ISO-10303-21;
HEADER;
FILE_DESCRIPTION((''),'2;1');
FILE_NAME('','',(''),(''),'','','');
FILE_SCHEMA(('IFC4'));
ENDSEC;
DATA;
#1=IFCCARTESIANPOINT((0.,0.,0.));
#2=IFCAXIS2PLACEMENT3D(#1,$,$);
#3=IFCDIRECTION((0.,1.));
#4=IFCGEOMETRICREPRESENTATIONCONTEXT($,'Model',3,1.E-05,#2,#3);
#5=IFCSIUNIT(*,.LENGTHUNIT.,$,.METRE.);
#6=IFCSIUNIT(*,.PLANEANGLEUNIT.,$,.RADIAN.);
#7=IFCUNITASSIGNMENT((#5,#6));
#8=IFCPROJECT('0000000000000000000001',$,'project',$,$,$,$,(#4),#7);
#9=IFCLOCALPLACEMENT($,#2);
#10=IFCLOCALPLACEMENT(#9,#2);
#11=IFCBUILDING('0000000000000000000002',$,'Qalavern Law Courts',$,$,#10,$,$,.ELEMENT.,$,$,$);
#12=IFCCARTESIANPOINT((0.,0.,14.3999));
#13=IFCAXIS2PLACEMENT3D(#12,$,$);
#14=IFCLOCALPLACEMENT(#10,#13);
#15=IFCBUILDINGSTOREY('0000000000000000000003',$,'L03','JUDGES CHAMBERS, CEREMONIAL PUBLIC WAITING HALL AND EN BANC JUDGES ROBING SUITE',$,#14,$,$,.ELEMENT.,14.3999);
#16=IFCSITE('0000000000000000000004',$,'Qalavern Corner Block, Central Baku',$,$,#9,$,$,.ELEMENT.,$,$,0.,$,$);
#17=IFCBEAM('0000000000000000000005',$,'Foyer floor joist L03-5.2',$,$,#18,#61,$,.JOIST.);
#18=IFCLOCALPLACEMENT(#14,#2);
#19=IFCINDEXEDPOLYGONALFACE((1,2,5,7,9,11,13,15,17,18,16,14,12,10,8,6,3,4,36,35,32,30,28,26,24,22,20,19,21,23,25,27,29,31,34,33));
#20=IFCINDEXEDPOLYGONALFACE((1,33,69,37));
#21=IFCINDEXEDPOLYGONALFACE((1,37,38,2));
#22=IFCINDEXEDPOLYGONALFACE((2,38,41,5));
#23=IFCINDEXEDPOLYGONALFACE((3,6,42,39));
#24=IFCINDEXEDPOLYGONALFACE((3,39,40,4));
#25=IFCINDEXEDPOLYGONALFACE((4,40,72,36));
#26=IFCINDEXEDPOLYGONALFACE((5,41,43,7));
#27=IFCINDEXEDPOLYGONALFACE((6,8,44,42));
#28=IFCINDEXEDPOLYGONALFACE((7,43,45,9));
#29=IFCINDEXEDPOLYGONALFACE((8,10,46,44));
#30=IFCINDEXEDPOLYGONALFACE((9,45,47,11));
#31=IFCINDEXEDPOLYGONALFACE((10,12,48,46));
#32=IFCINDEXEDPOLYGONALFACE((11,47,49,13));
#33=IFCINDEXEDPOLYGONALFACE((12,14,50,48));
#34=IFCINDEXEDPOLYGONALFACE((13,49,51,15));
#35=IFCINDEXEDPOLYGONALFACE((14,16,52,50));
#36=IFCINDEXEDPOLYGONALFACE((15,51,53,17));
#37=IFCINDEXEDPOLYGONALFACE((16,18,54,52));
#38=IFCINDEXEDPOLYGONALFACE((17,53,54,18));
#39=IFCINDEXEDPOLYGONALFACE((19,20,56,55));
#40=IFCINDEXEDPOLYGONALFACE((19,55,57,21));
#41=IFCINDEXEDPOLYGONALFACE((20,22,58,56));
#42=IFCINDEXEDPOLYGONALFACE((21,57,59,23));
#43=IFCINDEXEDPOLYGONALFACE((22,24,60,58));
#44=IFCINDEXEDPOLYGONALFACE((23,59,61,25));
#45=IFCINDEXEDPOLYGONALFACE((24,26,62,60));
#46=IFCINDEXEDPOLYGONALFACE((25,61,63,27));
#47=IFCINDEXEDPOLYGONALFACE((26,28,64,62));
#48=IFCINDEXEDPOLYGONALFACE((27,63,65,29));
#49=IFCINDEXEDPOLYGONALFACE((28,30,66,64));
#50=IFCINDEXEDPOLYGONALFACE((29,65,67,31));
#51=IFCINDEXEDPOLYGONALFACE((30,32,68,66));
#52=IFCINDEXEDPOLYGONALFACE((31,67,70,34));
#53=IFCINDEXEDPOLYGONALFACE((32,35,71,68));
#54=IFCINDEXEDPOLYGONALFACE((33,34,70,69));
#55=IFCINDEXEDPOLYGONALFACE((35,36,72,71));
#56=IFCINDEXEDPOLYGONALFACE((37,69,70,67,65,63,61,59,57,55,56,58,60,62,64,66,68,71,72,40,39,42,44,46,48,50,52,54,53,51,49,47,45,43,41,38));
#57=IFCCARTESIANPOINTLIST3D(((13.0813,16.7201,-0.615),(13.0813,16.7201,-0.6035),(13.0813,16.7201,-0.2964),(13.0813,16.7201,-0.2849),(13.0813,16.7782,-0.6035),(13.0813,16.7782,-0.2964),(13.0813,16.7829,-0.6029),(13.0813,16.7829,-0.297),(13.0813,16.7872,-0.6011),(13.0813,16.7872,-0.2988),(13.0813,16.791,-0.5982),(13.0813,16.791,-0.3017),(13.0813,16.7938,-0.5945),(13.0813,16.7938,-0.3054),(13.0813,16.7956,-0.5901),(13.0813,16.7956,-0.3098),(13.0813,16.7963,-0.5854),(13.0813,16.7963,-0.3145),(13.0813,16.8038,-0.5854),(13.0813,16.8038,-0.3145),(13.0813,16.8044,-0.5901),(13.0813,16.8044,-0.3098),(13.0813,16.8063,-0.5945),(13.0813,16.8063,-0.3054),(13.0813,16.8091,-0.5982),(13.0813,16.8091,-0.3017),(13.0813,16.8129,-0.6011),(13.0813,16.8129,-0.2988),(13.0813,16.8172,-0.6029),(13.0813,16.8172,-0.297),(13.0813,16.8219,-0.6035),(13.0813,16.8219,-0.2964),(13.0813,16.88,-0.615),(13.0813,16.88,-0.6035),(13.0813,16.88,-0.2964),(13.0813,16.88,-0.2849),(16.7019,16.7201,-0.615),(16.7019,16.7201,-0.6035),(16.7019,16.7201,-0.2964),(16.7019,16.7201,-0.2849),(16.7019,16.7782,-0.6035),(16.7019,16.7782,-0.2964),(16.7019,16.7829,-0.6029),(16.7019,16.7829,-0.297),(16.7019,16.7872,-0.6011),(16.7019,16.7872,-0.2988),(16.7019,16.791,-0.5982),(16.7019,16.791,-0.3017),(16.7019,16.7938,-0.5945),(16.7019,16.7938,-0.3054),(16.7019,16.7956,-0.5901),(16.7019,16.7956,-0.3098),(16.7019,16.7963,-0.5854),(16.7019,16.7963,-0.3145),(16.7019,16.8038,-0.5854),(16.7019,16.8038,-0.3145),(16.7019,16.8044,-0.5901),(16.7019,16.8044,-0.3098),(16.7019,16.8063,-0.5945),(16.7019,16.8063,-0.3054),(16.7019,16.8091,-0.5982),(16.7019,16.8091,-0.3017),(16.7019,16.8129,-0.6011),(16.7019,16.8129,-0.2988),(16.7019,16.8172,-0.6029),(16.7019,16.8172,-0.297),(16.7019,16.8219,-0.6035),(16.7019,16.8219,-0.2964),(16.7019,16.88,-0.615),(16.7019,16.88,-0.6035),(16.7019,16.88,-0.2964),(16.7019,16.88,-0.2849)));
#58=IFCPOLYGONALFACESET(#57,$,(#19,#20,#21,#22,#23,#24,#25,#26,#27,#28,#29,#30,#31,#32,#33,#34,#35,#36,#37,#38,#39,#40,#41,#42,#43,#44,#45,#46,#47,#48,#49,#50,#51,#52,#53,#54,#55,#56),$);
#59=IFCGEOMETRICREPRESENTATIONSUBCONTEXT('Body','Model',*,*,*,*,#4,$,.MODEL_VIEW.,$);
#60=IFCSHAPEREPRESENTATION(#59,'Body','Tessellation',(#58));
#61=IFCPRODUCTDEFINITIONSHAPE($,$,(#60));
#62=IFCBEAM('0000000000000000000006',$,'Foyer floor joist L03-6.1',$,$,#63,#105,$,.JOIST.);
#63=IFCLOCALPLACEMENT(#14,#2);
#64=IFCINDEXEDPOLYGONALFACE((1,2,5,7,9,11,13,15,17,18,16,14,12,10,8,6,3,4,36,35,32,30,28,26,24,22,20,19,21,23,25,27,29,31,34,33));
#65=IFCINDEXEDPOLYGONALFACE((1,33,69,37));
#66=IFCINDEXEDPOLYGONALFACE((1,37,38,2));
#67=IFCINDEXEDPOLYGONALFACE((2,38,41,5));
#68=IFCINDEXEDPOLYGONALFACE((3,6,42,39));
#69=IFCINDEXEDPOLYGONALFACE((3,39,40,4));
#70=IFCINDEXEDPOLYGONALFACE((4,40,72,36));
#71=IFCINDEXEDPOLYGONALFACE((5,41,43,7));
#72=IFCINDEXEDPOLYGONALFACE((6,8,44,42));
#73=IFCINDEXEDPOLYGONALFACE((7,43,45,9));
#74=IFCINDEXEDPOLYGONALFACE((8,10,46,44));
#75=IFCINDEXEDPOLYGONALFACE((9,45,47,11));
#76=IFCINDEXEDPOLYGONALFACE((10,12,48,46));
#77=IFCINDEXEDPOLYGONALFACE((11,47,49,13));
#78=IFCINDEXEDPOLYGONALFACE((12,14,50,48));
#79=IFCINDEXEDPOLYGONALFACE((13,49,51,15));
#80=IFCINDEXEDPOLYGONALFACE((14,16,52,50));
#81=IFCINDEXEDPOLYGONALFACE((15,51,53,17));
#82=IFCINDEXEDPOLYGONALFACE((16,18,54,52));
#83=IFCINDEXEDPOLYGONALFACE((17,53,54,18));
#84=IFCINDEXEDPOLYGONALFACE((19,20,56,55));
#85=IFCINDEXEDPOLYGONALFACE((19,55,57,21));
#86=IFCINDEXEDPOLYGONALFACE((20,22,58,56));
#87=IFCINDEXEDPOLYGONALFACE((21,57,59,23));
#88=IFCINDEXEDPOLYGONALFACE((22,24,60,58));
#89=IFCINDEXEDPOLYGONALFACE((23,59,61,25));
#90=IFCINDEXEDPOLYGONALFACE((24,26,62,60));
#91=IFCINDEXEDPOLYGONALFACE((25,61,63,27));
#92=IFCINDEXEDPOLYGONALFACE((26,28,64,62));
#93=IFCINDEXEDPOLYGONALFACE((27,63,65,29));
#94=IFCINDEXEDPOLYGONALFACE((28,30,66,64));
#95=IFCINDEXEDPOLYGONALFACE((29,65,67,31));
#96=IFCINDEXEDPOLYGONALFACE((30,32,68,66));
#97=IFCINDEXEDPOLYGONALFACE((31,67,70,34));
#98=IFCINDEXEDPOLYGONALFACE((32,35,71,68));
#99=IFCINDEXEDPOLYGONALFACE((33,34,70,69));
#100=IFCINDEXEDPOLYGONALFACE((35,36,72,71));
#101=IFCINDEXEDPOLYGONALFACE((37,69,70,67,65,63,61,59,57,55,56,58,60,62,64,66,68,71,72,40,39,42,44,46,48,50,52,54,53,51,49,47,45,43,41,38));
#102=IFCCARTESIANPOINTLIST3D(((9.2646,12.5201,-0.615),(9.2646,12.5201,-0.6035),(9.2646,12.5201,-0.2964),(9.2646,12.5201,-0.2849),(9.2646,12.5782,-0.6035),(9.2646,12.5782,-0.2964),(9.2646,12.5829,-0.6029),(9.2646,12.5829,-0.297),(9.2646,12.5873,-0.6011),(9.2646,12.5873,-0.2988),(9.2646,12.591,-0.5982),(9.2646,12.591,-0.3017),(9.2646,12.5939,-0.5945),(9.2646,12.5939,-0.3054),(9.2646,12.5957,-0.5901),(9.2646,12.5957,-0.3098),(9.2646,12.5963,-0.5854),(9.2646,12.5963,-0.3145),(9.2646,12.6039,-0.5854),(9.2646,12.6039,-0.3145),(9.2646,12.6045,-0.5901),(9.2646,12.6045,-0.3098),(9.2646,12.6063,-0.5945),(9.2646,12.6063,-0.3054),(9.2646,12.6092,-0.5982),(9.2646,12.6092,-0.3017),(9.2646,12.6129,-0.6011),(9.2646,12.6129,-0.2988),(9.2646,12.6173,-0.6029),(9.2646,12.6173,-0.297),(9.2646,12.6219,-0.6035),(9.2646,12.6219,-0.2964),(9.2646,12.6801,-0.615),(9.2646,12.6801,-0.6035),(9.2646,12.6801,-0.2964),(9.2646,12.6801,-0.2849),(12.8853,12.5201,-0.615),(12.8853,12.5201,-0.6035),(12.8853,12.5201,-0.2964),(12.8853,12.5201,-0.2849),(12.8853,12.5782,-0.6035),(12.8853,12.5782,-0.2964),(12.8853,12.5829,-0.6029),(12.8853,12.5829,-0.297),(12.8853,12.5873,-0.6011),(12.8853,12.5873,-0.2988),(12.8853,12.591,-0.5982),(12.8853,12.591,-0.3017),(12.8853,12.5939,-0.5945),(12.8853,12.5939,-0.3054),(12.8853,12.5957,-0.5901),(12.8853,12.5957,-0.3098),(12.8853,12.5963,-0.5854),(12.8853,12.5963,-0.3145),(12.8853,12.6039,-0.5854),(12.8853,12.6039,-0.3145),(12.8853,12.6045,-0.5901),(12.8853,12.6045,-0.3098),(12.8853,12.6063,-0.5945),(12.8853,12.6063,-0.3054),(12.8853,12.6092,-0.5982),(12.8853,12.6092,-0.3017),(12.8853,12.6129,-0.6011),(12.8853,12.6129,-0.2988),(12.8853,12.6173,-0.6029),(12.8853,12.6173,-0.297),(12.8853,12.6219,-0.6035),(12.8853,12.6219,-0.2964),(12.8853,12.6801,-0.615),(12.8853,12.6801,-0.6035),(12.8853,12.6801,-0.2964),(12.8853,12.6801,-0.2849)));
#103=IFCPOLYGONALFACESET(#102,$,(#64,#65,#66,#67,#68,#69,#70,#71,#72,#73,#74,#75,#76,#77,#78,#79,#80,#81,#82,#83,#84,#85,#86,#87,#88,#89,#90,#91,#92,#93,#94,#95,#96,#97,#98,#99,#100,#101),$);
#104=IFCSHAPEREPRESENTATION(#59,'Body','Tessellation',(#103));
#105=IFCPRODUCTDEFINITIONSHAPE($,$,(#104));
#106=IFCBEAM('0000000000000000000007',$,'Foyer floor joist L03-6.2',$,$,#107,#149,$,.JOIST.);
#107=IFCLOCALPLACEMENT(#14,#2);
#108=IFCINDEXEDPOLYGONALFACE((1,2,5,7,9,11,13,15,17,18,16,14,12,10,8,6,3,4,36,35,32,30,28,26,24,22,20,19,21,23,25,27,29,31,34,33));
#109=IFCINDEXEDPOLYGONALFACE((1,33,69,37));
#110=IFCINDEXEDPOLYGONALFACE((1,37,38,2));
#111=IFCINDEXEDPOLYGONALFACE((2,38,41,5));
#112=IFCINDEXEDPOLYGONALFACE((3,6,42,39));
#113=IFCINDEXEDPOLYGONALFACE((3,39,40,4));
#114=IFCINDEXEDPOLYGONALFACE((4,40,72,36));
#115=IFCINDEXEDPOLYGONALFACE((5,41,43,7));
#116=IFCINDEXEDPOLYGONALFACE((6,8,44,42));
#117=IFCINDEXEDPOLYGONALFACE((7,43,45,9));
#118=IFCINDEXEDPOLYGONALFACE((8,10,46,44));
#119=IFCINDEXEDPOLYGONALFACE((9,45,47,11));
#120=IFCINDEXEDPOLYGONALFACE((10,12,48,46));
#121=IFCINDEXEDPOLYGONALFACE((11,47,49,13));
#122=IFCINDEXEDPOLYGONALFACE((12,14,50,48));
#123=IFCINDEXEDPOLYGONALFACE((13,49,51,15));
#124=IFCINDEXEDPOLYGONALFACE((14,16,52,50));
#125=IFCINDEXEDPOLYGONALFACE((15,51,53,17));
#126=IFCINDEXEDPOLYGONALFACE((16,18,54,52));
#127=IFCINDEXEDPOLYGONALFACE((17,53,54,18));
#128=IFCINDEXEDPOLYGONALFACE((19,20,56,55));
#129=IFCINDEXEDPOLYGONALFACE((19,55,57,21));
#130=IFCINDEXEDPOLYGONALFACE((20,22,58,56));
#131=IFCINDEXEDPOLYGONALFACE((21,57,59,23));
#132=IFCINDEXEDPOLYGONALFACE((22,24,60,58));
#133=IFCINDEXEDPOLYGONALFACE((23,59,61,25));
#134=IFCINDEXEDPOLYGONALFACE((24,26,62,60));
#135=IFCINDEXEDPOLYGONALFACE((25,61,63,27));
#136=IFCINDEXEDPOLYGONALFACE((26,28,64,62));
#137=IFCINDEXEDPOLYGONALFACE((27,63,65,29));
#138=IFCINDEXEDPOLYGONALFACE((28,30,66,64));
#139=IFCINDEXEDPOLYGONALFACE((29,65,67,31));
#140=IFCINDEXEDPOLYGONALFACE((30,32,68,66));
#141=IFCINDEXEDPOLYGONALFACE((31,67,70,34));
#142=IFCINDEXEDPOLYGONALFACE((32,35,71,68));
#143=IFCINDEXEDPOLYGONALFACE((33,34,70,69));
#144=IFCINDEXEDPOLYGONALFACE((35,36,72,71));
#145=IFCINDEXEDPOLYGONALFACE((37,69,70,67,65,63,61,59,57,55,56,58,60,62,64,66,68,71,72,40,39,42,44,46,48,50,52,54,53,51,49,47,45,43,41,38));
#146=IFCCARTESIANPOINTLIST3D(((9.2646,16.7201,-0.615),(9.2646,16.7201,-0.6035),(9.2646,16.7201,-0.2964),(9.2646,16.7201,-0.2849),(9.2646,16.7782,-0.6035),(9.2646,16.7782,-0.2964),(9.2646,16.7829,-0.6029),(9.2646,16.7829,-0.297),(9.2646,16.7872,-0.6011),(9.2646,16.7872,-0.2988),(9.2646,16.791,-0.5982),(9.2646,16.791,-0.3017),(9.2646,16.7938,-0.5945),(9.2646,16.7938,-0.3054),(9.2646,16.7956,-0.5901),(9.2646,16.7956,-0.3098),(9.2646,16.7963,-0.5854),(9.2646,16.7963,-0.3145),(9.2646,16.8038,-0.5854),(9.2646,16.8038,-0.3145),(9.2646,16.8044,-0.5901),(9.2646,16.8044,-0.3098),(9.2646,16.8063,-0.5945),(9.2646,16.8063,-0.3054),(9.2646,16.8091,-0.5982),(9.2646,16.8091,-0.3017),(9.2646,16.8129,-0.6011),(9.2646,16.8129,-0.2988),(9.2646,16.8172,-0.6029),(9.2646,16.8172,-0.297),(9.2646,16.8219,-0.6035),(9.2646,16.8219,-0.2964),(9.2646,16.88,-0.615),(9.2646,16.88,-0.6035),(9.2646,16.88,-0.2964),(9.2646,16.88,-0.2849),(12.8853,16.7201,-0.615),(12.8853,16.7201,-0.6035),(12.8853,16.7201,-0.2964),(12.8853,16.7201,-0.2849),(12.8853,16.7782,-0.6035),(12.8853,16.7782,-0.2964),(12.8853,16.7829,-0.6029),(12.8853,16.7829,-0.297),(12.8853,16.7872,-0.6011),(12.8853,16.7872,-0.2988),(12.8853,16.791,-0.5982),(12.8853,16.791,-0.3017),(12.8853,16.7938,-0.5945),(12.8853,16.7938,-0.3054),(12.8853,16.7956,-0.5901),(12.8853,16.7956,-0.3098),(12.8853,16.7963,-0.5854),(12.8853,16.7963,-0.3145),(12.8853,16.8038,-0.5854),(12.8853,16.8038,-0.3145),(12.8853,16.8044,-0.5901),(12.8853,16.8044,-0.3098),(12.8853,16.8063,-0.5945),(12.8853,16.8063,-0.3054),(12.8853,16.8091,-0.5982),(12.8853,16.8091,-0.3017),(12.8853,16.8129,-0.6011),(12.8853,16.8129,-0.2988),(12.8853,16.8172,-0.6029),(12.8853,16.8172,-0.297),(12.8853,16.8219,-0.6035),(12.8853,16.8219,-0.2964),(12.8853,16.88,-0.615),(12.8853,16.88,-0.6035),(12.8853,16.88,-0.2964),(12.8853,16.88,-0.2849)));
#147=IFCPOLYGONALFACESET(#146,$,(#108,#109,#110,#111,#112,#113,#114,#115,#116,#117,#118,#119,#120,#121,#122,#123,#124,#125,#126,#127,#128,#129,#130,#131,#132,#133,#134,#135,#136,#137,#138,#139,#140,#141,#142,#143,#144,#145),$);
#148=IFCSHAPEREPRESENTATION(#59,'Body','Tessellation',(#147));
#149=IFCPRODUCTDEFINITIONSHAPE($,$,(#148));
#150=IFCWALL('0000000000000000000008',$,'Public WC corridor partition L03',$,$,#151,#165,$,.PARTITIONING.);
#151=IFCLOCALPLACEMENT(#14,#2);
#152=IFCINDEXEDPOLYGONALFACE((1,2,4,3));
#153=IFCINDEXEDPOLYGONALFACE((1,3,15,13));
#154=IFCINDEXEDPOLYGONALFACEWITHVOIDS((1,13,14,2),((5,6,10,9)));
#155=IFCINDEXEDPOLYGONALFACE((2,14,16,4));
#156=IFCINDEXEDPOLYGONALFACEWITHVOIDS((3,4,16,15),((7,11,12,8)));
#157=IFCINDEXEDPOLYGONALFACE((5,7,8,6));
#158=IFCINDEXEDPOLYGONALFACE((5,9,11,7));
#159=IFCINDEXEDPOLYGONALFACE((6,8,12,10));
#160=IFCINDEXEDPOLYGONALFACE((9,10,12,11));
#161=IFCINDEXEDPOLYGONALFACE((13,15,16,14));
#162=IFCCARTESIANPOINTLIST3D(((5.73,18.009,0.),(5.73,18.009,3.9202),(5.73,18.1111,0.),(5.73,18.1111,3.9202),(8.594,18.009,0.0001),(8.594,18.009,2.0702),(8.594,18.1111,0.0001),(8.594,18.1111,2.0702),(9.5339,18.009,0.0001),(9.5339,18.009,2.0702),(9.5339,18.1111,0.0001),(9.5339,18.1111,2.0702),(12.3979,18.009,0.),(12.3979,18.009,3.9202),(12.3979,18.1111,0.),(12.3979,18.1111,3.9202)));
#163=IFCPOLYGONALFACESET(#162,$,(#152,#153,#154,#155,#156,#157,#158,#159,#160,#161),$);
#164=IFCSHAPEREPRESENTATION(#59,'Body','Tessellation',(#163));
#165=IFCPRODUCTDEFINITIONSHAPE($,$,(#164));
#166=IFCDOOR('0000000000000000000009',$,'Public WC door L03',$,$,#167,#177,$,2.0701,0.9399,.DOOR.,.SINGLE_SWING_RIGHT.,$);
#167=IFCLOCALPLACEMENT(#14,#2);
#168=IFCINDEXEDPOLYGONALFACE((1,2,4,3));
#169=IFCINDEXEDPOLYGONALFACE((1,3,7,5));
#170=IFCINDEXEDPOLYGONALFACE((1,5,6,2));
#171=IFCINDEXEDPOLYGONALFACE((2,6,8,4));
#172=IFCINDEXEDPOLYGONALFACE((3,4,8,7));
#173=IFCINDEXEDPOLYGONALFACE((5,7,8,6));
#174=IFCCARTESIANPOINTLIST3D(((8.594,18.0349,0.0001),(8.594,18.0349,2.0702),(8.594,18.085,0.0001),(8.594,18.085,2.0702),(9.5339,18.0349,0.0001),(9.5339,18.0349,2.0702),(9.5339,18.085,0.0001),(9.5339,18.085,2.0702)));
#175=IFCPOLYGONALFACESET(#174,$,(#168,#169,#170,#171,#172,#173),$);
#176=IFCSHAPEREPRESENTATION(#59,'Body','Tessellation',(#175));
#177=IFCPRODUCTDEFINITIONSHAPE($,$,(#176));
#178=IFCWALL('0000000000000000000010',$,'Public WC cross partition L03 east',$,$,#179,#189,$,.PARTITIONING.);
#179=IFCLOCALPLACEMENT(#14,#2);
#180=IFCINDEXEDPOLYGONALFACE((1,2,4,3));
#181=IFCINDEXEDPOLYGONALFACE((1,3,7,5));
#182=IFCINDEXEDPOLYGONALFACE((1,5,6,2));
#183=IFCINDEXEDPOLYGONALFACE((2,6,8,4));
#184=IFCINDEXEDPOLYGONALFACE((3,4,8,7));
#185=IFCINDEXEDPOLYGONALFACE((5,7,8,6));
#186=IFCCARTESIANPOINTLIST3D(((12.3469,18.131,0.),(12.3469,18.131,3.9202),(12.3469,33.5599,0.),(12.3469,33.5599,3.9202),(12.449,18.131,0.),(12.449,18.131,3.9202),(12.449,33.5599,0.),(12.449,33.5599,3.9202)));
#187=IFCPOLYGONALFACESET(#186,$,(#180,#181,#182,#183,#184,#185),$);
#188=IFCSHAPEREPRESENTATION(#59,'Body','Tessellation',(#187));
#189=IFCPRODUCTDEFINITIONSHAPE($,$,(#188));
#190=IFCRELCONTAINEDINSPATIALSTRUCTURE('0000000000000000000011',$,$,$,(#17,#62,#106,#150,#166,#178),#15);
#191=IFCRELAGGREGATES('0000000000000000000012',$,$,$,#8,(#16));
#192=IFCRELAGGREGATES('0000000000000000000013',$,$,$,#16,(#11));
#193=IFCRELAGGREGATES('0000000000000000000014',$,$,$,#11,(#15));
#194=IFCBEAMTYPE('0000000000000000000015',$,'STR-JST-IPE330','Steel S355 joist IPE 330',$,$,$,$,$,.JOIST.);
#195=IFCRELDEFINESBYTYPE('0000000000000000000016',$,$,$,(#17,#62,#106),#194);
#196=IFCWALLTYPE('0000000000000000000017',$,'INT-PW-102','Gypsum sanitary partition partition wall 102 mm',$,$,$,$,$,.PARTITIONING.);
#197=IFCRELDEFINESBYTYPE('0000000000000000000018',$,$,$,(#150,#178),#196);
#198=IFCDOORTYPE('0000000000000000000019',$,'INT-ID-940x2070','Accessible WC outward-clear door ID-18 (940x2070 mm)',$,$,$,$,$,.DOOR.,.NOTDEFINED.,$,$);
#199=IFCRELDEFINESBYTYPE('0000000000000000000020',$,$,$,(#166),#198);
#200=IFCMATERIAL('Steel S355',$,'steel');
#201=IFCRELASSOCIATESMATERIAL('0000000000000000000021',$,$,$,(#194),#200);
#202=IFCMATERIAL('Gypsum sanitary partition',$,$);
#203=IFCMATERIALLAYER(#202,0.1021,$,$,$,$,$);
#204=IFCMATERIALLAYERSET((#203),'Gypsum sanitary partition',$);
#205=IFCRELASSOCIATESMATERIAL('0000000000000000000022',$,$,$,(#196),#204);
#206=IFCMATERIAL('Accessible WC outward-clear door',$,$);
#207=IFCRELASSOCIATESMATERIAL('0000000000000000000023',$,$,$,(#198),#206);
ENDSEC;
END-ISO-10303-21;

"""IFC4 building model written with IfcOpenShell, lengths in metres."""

from ifc_helpers import new_model, si_unit, direction, frame, frame_2d, origin, origin_2d, place, context, subcontext, project, spatial, rectangle, i_section, extrude, material, layer, layer_set, material_profile, profile_set, type_object, element, fill, save


model = new_model("IFC4")

# Units and contexts
model_context = context("Model", 3, precision=1e-05, world=origin(), true_north=direction((0.0, 1.0)))
body_context = subcontext(model_context, "Body", "Model", "MODEL_VIEW")
ifc_project = project(units=[si_unit("LENGTHUNIT", "METRE"), si_unit("PLANEANGLEUNIT", "RADIAN")], contexts=[model_context])

# Site, building, storey
site_placement = place(None, origin())
site = spatial("IfcSite", under=ifc_project, at=site_placement, Name="Qalavern Corner Block, Central Baku", CompositionType="ELEMENT", RefElevation=0.0)
building_placement = place(site_placement, origin())
building = spatial("IfcBuilding", under=site, at=building_placement, Name="Qalavern Law Courts", CompositionType="ELEMENT")
storey_placement = place(building_placement, frame((0.0, 0.0, 14.3999)))
storey = spatial("IfcBuildingStorey", under=building, at=storey_placement, Name="L03", Description="JUDGES CHAMBERS, CEREMONIAL PUBLIC WAITING HALL AND EN BANC JUDGES ROBING SUITE", CompositionType="ELEMENT", Elevation=14.3999)

# Beams
ifc_material_1 = material(Name="Steel S355", Category="steel")
ifc_material_profile_1 = material_profile(ifc_material_1, i_section(OverallWidth=0.1599, OverallDepth=0.3301, WebThickness=0.0076, FlangeThickness=0.0115, FilletRadius=0.0181, at=origin_2d()), Name="IPE 330")
ifc_profile_set_1 = profile_set([ifc_material_profile_1], Name="Steel S355")
beam_type_1 = type_object("IfcBeamType", Name="STR-JST-IPE330", Description="Steel S355 joist IPE 330", PredefinedType="JOIST", material=ifc_profile_set_1)
for number, where, z_axis, x_axis, name in (
    (1, (13.0813, 16.8, -0.45), (1.0, 0.0, 0.0), (0.0, 1.0, 0.0), "Foyer floor joist L03-5.2"),
    (2, (9.2646, 12.6001, -0.45), (1.0, 0.0, 0.0), (0.0, 1.0, 0.0), "Foyer floor joist L03-6.1"),
    (3, (9.2646, 16.8, -0.45), (1.0, 0.0, 0.0), (0.0, 1.0, 0.0), "Foyer floor joist L03-6.2"),
):
    element("IfcBeam", number, at=place(storey_placement, frame(where, z_axis=z_axis, x_axis=x_axis)), inside=storey, type_object=beam_type_1, Name=name, PredefinedType="JOIST", context=body_context, shape_type="SweptSolid", body=[
        extrude(i_section(OverallWidth=0.1599, OverallDepth=0.3301, WebThickness=0.0076, FlangeThickness=0.0115, FilletRadius=0.0181, at=origin_2d()), origin(), (0.0, 0.0, 1.0), 3.6206),
    ])

# Wall, opening, door
ifc_material_2 = material(Name="Gypsum sanitary partition")
ifc_layer_1 = layer(ifc_material_2, 0.1021)
ifc_layer_set_1 = layer_set([ifc_layer_1], Name="Gypsum sanitary partition")
wall_type_1 = type_object("IfcWallType", Name="INT-PW-102", Description="Gypsum sanitary partition partition wall 102 mm", PredefinedType="PARTITIONING", material=ifc_layer_set_1)
wall_1_placement = place(storey_placement, frame((5.73, 18.0601, 0.0), z_axis=(0.0, 0.0, 1.0), x_axis=(1.0, 0.0, 0.0)))
wall_1 = element("IfcWall", 4, at=wall_1_placement, inside=storey, type_object=wall_type_1, Name="Public WC corridor partition L03", PredefinedType="PARTITIONING", context=body_context, shape_type="SweptSolid", body=[
    extrude(rectangle(XDim=6.668, YDim=0.1021, at=frame_2d((3.334, 0.0))), origin(), (0.0, 0.0, 1.0), 3.9202),
])
opening_1_placement = place(wall_1_placement, frame((2.864, 0.0, 0.0)))
opening_1 = element("IfcOpeningElement", 5, at=opening_1_placement, cuts=wall_1, PredefinedType="OPENING", context=body_context, shape_type="SweptSolid", body=[
    extrude(rectangle(XDim=0.9399, YDim=2.0701, at=frame_2d((0.47, 1.0352))), frame((0.0, 0.0659, 0.0), z_axis=(0.0, -1.0, 0.0), x_axis=(1.0, 0.0, 0.0)), (0.0, 0.0, 1.0), 0.1318),
])
ifc_material_3 = material(Name="Accessible WC outward-clear door")
door_type_1 = type_object("IfcDoorType", Name="INT-ID-940x2070", Description="Accessible WC outward-clear door ID-18 (940x2070 mm)", OperationType="NOTDEFINED", PredefinedType="DOOR", material=ifc_material_3)
door_1_placement = place(opening_1_placement, origin())
door_1 = element("IfcDoor", 6, at=door_1_placement, inside=storey, type_object=door_type_1, Name="Public WC door L03", OperationType="SINGLE_SWING_RIGHT", OverallHeight=2.0701, OverallWidth=0.9399, PredefinedType="DOOR", context=body_context, shape_type="SweptSolid", body=[
    extrude(rectangle(XDim=0.9399, YDim=2.0701, at=frame_2d((0.47, 1.0352))), frame((0.0, 0.0249, 0.0), z_axis=(0.0, -1.0, 0.0), x_axis=(1.0, 0.0, 0.0)), (0.0, 0.0, 1.0), 0.05),
])
fill(opening_1, door_1)

# Wall
wall_2_placement = place(storey_placement, frame((12.3979, 18.1311, 0.0), z_axis=(0.0, 0.0, 1.0), x_axis=(0.0, 1.0, 0.0)))
element("IfcWall", 7, at=wall_2_placement, inside=storey, type_object=wall_type_1, Name="Public WC cross partition L03 east", PredefinedType="PARTITIONING", context=body_context, shape_type="SweptSolid", body=[
    extrude(rectangle(XDim=15.429, YDim=0.1021, at=frame_2d((7.7144, 0.0))), origin(), (0.0, 0.0, 1.0), 3.9202),
])

save(model, "model.ifc")
